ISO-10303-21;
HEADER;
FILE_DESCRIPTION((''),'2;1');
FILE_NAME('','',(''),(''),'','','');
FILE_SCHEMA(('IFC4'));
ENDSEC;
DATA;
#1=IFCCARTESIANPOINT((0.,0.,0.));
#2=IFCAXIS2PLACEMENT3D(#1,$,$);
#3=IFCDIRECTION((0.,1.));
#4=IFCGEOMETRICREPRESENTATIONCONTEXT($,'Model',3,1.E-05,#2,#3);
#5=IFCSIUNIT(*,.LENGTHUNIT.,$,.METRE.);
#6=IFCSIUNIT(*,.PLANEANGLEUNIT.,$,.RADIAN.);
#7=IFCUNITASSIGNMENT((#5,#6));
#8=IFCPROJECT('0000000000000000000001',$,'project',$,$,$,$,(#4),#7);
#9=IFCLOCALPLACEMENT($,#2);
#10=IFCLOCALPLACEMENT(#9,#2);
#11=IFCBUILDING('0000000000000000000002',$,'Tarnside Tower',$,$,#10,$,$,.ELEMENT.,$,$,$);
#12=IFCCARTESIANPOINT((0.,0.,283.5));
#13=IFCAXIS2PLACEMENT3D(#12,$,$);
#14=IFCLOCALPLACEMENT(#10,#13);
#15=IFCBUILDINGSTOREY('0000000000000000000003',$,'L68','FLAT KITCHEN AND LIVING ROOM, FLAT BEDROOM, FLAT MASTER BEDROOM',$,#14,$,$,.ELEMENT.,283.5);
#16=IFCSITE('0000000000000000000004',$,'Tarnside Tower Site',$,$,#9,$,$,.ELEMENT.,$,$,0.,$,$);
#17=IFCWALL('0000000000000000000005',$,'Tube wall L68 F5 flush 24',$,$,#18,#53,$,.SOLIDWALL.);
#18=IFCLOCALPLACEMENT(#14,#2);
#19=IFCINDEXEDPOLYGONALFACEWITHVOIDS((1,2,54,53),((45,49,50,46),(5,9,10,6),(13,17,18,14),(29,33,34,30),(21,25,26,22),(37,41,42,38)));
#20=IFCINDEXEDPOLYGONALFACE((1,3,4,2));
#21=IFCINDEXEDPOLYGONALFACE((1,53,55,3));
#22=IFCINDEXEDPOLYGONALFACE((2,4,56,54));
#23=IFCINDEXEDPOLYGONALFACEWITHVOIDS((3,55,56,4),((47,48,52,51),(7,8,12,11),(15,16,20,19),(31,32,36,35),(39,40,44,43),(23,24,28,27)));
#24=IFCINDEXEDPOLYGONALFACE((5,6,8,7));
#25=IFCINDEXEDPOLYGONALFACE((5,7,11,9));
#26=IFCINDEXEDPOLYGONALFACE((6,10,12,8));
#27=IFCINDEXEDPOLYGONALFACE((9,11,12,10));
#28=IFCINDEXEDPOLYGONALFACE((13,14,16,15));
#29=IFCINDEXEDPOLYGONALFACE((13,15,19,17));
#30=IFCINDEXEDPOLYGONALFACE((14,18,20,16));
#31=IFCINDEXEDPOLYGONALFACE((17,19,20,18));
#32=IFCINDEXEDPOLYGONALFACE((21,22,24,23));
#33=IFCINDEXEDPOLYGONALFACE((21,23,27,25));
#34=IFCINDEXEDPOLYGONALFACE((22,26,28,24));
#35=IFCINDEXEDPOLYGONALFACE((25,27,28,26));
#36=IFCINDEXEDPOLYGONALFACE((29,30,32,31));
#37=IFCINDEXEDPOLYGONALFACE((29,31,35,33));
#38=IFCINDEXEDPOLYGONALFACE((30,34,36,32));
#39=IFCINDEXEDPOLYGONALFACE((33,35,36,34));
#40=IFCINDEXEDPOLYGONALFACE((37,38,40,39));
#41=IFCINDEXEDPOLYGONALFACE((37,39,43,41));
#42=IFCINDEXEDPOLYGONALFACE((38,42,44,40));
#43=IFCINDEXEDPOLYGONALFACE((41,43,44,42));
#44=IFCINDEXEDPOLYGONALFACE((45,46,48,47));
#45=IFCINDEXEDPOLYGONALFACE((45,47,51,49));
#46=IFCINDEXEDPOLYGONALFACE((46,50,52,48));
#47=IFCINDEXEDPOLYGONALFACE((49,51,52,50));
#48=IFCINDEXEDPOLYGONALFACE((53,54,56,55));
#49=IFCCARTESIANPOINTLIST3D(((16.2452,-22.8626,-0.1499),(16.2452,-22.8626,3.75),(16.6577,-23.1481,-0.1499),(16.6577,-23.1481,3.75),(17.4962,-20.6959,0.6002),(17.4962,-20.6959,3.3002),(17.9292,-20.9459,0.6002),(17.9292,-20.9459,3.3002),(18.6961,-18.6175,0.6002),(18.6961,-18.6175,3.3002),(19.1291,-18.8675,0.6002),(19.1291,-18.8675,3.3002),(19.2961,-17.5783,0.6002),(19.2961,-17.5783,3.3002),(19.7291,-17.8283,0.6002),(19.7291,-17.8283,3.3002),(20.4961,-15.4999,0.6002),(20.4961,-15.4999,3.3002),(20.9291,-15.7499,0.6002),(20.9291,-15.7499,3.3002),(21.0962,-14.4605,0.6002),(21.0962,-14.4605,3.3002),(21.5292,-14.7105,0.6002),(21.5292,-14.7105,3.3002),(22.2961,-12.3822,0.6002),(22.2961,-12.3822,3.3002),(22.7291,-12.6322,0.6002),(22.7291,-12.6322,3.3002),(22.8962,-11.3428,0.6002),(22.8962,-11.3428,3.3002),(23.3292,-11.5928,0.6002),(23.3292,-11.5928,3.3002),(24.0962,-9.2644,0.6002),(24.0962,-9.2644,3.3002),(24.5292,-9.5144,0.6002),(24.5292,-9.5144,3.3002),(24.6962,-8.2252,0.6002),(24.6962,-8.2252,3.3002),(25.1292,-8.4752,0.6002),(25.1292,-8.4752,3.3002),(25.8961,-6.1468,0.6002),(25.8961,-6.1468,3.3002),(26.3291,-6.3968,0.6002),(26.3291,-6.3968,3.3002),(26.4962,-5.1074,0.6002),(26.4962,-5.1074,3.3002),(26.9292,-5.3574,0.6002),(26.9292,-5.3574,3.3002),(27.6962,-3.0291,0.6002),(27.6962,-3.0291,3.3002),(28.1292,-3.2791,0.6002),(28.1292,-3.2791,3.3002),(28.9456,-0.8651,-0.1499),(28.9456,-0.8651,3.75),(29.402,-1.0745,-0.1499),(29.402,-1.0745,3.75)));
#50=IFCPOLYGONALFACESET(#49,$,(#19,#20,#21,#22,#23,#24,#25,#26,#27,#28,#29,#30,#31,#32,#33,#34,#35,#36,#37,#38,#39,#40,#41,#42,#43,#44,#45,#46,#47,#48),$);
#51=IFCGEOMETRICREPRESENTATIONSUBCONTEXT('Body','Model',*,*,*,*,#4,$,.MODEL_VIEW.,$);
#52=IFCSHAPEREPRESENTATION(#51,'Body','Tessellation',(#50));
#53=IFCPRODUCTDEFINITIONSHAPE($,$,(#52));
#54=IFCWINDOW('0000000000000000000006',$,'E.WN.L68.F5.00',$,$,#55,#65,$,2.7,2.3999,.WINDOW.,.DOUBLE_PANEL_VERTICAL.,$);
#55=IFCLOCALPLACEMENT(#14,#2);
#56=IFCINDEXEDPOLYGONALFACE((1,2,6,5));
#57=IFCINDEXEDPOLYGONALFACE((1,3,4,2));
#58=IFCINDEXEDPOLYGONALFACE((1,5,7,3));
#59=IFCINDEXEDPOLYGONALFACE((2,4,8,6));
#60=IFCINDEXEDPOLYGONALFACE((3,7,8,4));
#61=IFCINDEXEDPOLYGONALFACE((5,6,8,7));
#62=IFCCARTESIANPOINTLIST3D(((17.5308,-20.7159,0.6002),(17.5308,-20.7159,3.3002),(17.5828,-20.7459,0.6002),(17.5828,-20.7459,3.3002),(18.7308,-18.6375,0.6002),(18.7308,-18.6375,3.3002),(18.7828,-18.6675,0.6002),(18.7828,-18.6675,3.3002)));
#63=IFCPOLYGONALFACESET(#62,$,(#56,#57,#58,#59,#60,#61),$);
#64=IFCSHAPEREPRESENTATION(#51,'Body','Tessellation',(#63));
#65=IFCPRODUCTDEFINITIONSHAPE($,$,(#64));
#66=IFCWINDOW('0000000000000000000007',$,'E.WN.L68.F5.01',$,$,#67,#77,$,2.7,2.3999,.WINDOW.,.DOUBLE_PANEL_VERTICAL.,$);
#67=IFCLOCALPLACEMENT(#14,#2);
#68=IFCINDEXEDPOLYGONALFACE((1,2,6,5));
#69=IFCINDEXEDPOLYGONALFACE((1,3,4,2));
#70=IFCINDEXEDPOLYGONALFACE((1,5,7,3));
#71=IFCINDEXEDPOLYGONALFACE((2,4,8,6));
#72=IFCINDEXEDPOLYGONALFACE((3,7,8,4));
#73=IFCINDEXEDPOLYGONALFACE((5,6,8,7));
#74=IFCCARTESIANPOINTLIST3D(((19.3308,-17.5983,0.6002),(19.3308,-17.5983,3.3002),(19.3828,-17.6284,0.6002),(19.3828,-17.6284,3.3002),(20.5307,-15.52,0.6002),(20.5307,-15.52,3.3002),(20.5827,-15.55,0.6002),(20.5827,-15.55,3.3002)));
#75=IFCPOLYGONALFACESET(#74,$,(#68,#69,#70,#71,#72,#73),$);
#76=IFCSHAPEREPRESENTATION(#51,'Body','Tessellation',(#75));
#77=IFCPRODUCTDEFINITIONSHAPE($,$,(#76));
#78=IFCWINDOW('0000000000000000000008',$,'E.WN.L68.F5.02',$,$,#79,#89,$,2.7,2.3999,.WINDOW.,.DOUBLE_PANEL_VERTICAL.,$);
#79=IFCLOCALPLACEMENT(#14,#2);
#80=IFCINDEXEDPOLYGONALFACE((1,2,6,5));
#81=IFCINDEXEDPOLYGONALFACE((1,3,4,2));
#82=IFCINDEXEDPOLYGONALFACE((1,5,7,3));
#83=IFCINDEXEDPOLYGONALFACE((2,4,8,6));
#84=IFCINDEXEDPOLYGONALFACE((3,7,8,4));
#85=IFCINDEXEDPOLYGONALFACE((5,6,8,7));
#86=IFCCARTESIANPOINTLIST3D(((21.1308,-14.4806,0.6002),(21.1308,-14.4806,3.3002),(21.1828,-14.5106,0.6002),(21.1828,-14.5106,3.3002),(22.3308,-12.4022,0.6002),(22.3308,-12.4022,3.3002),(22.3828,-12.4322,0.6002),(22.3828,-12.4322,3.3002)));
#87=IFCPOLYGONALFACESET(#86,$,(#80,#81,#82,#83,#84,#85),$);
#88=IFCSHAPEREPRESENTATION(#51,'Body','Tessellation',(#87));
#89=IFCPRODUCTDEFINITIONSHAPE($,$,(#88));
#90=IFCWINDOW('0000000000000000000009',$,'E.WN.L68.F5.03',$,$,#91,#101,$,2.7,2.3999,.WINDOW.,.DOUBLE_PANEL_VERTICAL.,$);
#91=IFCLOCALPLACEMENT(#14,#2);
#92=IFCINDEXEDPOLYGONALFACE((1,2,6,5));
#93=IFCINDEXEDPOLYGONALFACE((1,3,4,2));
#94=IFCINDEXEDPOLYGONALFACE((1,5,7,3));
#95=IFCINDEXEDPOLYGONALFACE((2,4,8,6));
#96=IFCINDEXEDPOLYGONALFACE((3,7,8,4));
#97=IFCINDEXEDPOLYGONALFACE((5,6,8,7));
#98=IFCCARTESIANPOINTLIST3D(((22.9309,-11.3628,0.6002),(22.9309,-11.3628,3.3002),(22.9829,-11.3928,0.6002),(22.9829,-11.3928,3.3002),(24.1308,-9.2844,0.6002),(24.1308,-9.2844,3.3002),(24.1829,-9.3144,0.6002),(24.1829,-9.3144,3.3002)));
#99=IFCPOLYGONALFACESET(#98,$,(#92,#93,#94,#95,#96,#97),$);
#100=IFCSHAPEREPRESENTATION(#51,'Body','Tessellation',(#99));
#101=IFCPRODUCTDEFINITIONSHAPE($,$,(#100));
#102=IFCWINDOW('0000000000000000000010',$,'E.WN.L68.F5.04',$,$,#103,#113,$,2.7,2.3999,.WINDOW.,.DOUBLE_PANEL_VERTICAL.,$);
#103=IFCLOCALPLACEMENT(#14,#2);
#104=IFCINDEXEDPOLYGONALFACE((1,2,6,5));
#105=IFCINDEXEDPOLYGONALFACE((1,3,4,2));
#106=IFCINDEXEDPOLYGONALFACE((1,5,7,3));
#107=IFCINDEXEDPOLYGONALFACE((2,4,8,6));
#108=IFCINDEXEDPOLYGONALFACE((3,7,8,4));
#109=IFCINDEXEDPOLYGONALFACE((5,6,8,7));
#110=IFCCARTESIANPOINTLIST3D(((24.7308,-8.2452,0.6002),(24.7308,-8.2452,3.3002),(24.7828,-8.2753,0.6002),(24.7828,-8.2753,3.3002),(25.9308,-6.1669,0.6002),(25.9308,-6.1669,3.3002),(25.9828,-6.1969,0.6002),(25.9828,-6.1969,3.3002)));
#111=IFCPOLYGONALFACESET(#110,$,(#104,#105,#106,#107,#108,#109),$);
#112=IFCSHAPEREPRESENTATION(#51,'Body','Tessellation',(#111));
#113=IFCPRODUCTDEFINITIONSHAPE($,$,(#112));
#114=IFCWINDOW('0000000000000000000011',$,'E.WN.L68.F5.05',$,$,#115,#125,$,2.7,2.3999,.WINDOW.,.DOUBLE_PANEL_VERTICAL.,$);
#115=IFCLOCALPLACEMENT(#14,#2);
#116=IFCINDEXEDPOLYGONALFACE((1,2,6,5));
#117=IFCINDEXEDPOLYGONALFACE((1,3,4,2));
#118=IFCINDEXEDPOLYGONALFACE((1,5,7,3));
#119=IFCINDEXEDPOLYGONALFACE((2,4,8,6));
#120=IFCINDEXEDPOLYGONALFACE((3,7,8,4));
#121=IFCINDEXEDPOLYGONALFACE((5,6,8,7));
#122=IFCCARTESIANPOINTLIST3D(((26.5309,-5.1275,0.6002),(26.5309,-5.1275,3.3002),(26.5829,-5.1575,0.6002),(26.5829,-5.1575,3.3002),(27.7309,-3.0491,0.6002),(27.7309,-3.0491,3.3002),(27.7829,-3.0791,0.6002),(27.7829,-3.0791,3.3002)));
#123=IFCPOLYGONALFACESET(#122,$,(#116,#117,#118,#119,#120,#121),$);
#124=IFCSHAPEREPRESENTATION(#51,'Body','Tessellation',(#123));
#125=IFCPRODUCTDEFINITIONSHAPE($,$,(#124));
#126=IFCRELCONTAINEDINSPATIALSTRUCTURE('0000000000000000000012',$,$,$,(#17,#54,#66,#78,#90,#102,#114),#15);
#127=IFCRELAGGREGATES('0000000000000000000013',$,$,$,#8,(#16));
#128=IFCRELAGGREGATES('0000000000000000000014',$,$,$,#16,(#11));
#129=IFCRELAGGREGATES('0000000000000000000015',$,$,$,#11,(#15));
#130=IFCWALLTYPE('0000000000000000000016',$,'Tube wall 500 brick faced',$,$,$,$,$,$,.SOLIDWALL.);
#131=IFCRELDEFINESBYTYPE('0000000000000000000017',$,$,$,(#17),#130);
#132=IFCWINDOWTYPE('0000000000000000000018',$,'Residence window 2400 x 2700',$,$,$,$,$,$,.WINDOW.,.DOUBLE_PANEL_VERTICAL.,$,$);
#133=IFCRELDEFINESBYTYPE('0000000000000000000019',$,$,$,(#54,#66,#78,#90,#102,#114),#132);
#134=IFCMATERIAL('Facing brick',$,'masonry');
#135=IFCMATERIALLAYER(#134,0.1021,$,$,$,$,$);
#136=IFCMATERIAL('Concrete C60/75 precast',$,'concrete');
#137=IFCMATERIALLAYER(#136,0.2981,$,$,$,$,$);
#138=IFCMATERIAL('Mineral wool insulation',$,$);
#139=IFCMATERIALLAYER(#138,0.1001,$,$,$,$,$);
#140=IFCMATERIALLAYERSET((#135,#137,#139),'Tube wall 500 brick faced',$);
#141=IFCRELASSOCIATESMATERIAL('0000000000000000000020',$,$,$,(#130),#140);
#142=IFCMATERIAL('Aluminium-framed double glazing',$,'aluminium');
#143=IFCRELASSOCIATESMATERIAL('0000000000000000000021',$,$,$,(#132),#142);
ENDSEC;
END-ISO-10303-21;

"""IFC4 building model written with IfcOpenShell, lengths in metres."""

from ifc_helpers import new_model, si_unit, direction, frame, frame_2d, origin, place, context, subcontext, project, spatial, polyline, rectangle, outline, extrude, material, layer, layer_set, type_object, element, fill, save


model = new_model("IFC4")

# Units and contexts
model_context = context("Model", 3, precision=1e-05, world=origin(), true_north=direction((0.0, 1.0)))
body_context = subcontext(model_context, "Body", "Model", "MODEL_VIEW")
ifc_project = project(units=[si_unit("LENGTHUNIT", "METRE"), si_unit("PLANEANGLEUNIT", "RADIAN")], contexts=[model_context])

# Site, building, storey
site_placement = place(None, origin())
site = spatial("IfcSite", under=ifc_project, at=site_placement, Name="Tarnside Tower Site", CompositionType="ELEMENT", RefElevation=0.0)
building_placement = place(site_placement, origin())
building = spatial("IfcBuilding", under=site, at=building_placement, Name="Tarnside Tower", CompositionType="ELEMENT")
storey_placement = place(building_placement, frame((0.0, 0.0, 283.5)))
storey = spatial("IfcBuildingStorey", under=building, at=storey_placement, Name="L68", Description="FLAT KITCHEN AND LIVING ROOM, FLAT BEDROOM, FLAT MASTER BEDROOM", CompositionType="ELEMENT", Elevation=283.5)

# Shared definitions
ifc_material_1 = material(Name="Concrete C60/75 precast", Category="concrete")
ifc_material_2 = material(Name="Mineral wool insulation")

# Shared definitions
ifc_material_3 = material(Name="Facing brick", Category="masonry")
ifc_layer_1 = layer(ifc_material_3, 0.1021)
ifc_layer_2 = layer(ifc_material_1, 0.2981)
ifc_layer_3 = layer(ifc_material_2, 0.1001)
ifc_layer_set_1 = layer_set([ifc_layer_1, ifc_layer_2, ifc_layer_3], Name="Tube wall 500 brick faced")
wall_type_1 = type_object("IfcWallType", Name="Tube wall 500 brick faced", PredefinedType="SOLIDWALL", material=ifc_layer_set_1)

# Wall, openings, windows
wall_1_placement = place(storey_placement, frame((16.4514, -23.0054, -0.1499), z_axis=(0.0, 0.0, 1.0), x_axis=(0.500004, 0.866023, 0.0)))
wall_1 = element("IfcWall", 1, at=wall_1_placement, inside=storey, type_object=wall_type_1, Name="Tube wall L68 F5 flush 24", PredefinedType="SOLIDWALL", context=body_context, shape_type="SweptSolid", body=[
    extrude(outline(polyline([(-0.0205, -0.25), (25.468, -0.25), (25.4211, 0.25), (0.0205, 0.25), (-0.0205, -0.25)])), origin(), (0.0, 0.0, 1.0), 3.8999),
])
opening_1_placement = place(wall_1_placement, frame((2.5225, 0.0, 0.75)))
opening_1 = element("IfcOpeningElement", 2, at=opening_1_placement, cuts=wall_1, PredefinedType="OPENING", context=body_context, shape_type="SweptSolid", body=[
    extrude(rectangle(XDim=2.3999, YDim=2.7, at=frame_2d((1.2, 1.3501))), frame((0.0, 0.26, 0.0), z_axis=(0.0, -1.0, 0.0), x_axis=(1.0, 0.0, 0.0)), (0.0, 0.0, 1.0), 0.52),
])
opening_2_placement = place(wall_1_placement, frame((6.1223, 0.0, 0.75)))
opening_2 = element("IfcOpeningElement", 3, at=opening_2_placement, cuts=wall_1, PredefinedType="OPENING", context=body_context, shape_type="SweptSolid", body=[
    extrude(rectangle(XDim=2.3999, YDim=2.7, at=frame_2d((1.2, 1.3501))), frame((0.0, 0.26, 0.0), z_axis=(0.0, -1.0, 0.0), x_axis=(1.0, 0.0, 0.0)), (0.0, 0.0, 1.0), 0.52),
])
opening_3_placement = place(wall_1_placement, frame((9.7224, 0.0, 0.75)))
opening_3 = element("IfcOpeningElement", 4, at=opening_3_placement, cuts=wall_1, PredefinedType="OPENING", context=body_context, shape_type="SweptSolid", body=[
    extrude(rectangle(XDim=2.3999, YDim=2.7, at=frame_2d((1.2, 1.3501))), frame((0.0, 0.26, 0.0), z_axis=(0.0, -1.0, 0.0), x_axis=(1.0, 0.0, 0.0)), (0.0, 0.0, 1.0), 0.52),
])
opening_4_placement = place(wall_1_placement, frame((13.3225, 0.0, 0.75)))
opening_4 = element("IfcOpeningElement", 5, at=opening_4_placement, cuts=wall_1, PredefinedType="OPENING", context=body_context, shape_type="SweptSolid", body=[
    extrude(rectangle(XDim=2.3999, YDim=2.7, at=frame_2d((1.2, 1.3501))), frame((0.0, 0.26, 0.0), z_axis=(0.0, -1.0, 0.0), x_axis=(1.0, 0.0, 0.0)), (0.0, 0.0, 1.0), 0.52),
])
opening_5_placement = place(wall_1_placement, frame((16.9224, 0.0, 0.75)))
opening_5 = element("IfcOpeningElement", 6, at=opening_5_placement, cuts=wall_1, PredefinedType="OPENING", context=body_context, shape_type="SweptSolid", body=[
    extrude(rectangle(XDim=2.3999, YDim=2.7, at=frame_2d((1.2, 1.3501))), frame((0.0, 0.26, 0.0), z_axis=(0.0, -1.0, 0.0), x_axis=(1.0, 0.0, 0.0)), (0.0, 0.0, 1.0), 0.52),
])
opening_6_placement = place(wall_1_placement, frame((20.5225, 0.0, 0.75)))
opening_6 = element("IfcOpeningElement", 7, at=opening_6_placement, cuts=wall_1, PredefinedType="OPENING", context=body_context, shape_type="SweptSolid", body=[
    extrude(rectangle(XDim=2.3999, YDim=2.7, at=frame_2d((1.2, 1.3501))), frame((0.0, 0.26, 0.0), z_axis=(0.0, -1.0, 0.0), x_axis=(1.0, 0.0, 0.0)), (0.0, 0.0, 1.0), 0.52),
])
ifc_material_4 = material(Name="Aluminium-framed double glazing", Category="aluminium")
window_type = type_object("IfcWindowType", Name="Residence window 2400 x 2700", PartitioningType="DOUBLE_PANEL_VERTICAL", PredefinedType="WINDOW", material=ifc_material_4)
window_1_placement = place(opening_1_placement, frame((0.0, 0.1799, 0.0)))
window_1 = element("IfcWindow", 8, at=window_1_placement, inside=storey, type_object=window_type, Name="E.WN.L68.F5.00", OverallHeight=2.7, OverallWidth=2.3999, PartitioningType="DOUBLE_PANEL_VERTICAL", PredefinedType="WINDOW", context=body_context, shape_type="SweptSolid", body=[
    extrude(rectangle(XDim=2.3999, YDim=2.7, at=frame_2d((1.2, 1.3501))), frame((0.0, 0.03, 0.0), z_axis=(0.0, -1.0, 0.0), x_axis=(1.0, 0.0, 0.0)), (0.0, 0.0, 1.0), 0.0601),
])
fill(opening_1, window_1)
window_2_placement = place(opening_2_placement, frame((0.0, 0.1799, 0.0)))
window_2 = element("IfcWindow", 9, at=window_2_placement, inside=storey, type_object=window_type, Name="E.WN.L68.F5.01", OverallHeight=2.7, OverallWidth=2.3999, PartitioningType="DOUBLE_PANEL_VERTICAL", PredefinedType="WINDOW", context=body_context, shape_type="SweptSolid", body=[
    extrude(rectangle(XDim=2.3999, YDim=2.7, at=frame_2d((1.2, 1.3501))), frame((0.0, 0.03, 0.0), z_axis=(0.0, -1.0, 0.0), x_axis=(1.0, 0.0, 0.0)), (0.0, 0.0, 1.0), 0.0601),
])
fill(opening_2, window_2)
window_3_placement = place(opening_3_placement, frame((0.0, 0.1799, 0.0)))
window_3 = element("IfcWindow", 10, at=window_3_placement, inside=storey, type_object=window_type, Name="E.WN.L68.F5.02", OverallHeight=2.7, OverallWidth=2.3999, PartitioningType="DOUBLE_PANEL_VERTICAL", PredefinedType="WINDOW", context=body_context, shape_type="SweptSolid", body=[
    extrude(rectangle(XDim=2.3999, YDim=2.7, at=frame_2d((1.2, 1.3501))), frame((0.0, 0.03, 0.0), z_axis=(0.0, -1.0, 0.0), x_axis=(1.0, 0.0, 0.0)), (0.0, 0.0, 1.0), 0.0601),
])
fill(opening_3, window_3)
window_4_placement = place(opening_4_placement, frame((0.0, 0.1799, 0.0)))
window_4 = element("IfcWindow", 11, at=window_4_placement, inside=storey, type_object=window_type, Name="E.WN.L68.F5.03", OverallHeight=2.7, OverallWidth=2.3999, PartitioningType="DOUBLE_PANEL_VERTICAL", PredefinedType="WINDOW", context=body_context, shape_type="SweptSolid", body=[
    extrude(rectangle(XDim=2.3999, YDim=2.7, at=frame_2d((1.2, 1.3501))), frame((0.0, 0.03, 0.0), z_axis=(0.0, -1.0, 0.0), x_axis=(1.0, 0.0, 0.0)), (0.0, 0.0, 1.0), 0.0601),
])
fill(opening_4, window_4)
window_5_placement = place(opening_5_placement, frame((0.0, 0.1799, 0.0)))
window_5 = element("IfcWindow", 12, at=window_5_placement, inside=storey, type_object=window_type, Name="E.WN.L68.F5.04", OverallHeight=2.7, OverallWidth=2.3999, PartitioningType="DOUBLE_PANEL_VERTICAL", PredefinedType="WINDOW", context=body_context, shape_type="SweptSolid", body=[
    extrude(rectangle(XDim=2.3999, YDim=2.7, at=frame_2d((1.2, 1.3501))), frame((0.0, 0.03, 0.0), z_axis=(0.0, -1.0, 0.0), x_axis=(1.0, 0.0, 0.0)), (0.0, 0.0, 1.0), 0.0601),
])
fill(opening_5, window_5)
window_6_placement = place(opening_6_placement, frame((0.0, 0.1799, 0.0)))
window_6 = element("IfcWindow", 13, at=window_6_placement, inside=storey, type_object=window_type, Name="E.WN.L68.F5.05", OverallHeight=2.7, OverallWidth=2.3999, PartitioningType="DOUBLE_PANEL_VERTICAL", PredefinedType="WINDOW", context=body_context, shape_type="SweptSolid", body=[
    extrude(rectangle(XDim=2.3999, YDim=2.7, at=frame_2d((1.2, 1.3501))), frame((0.0, 0.03, 0.0), z_axis=(0.0, -1.0, 0.0), x_axis=(1.0, 0.0, 0.0)), (0.0, 0.0, 1.0), 0.0601),
])
fill(opening_6, window_6)

save(model, "model.ifc")
